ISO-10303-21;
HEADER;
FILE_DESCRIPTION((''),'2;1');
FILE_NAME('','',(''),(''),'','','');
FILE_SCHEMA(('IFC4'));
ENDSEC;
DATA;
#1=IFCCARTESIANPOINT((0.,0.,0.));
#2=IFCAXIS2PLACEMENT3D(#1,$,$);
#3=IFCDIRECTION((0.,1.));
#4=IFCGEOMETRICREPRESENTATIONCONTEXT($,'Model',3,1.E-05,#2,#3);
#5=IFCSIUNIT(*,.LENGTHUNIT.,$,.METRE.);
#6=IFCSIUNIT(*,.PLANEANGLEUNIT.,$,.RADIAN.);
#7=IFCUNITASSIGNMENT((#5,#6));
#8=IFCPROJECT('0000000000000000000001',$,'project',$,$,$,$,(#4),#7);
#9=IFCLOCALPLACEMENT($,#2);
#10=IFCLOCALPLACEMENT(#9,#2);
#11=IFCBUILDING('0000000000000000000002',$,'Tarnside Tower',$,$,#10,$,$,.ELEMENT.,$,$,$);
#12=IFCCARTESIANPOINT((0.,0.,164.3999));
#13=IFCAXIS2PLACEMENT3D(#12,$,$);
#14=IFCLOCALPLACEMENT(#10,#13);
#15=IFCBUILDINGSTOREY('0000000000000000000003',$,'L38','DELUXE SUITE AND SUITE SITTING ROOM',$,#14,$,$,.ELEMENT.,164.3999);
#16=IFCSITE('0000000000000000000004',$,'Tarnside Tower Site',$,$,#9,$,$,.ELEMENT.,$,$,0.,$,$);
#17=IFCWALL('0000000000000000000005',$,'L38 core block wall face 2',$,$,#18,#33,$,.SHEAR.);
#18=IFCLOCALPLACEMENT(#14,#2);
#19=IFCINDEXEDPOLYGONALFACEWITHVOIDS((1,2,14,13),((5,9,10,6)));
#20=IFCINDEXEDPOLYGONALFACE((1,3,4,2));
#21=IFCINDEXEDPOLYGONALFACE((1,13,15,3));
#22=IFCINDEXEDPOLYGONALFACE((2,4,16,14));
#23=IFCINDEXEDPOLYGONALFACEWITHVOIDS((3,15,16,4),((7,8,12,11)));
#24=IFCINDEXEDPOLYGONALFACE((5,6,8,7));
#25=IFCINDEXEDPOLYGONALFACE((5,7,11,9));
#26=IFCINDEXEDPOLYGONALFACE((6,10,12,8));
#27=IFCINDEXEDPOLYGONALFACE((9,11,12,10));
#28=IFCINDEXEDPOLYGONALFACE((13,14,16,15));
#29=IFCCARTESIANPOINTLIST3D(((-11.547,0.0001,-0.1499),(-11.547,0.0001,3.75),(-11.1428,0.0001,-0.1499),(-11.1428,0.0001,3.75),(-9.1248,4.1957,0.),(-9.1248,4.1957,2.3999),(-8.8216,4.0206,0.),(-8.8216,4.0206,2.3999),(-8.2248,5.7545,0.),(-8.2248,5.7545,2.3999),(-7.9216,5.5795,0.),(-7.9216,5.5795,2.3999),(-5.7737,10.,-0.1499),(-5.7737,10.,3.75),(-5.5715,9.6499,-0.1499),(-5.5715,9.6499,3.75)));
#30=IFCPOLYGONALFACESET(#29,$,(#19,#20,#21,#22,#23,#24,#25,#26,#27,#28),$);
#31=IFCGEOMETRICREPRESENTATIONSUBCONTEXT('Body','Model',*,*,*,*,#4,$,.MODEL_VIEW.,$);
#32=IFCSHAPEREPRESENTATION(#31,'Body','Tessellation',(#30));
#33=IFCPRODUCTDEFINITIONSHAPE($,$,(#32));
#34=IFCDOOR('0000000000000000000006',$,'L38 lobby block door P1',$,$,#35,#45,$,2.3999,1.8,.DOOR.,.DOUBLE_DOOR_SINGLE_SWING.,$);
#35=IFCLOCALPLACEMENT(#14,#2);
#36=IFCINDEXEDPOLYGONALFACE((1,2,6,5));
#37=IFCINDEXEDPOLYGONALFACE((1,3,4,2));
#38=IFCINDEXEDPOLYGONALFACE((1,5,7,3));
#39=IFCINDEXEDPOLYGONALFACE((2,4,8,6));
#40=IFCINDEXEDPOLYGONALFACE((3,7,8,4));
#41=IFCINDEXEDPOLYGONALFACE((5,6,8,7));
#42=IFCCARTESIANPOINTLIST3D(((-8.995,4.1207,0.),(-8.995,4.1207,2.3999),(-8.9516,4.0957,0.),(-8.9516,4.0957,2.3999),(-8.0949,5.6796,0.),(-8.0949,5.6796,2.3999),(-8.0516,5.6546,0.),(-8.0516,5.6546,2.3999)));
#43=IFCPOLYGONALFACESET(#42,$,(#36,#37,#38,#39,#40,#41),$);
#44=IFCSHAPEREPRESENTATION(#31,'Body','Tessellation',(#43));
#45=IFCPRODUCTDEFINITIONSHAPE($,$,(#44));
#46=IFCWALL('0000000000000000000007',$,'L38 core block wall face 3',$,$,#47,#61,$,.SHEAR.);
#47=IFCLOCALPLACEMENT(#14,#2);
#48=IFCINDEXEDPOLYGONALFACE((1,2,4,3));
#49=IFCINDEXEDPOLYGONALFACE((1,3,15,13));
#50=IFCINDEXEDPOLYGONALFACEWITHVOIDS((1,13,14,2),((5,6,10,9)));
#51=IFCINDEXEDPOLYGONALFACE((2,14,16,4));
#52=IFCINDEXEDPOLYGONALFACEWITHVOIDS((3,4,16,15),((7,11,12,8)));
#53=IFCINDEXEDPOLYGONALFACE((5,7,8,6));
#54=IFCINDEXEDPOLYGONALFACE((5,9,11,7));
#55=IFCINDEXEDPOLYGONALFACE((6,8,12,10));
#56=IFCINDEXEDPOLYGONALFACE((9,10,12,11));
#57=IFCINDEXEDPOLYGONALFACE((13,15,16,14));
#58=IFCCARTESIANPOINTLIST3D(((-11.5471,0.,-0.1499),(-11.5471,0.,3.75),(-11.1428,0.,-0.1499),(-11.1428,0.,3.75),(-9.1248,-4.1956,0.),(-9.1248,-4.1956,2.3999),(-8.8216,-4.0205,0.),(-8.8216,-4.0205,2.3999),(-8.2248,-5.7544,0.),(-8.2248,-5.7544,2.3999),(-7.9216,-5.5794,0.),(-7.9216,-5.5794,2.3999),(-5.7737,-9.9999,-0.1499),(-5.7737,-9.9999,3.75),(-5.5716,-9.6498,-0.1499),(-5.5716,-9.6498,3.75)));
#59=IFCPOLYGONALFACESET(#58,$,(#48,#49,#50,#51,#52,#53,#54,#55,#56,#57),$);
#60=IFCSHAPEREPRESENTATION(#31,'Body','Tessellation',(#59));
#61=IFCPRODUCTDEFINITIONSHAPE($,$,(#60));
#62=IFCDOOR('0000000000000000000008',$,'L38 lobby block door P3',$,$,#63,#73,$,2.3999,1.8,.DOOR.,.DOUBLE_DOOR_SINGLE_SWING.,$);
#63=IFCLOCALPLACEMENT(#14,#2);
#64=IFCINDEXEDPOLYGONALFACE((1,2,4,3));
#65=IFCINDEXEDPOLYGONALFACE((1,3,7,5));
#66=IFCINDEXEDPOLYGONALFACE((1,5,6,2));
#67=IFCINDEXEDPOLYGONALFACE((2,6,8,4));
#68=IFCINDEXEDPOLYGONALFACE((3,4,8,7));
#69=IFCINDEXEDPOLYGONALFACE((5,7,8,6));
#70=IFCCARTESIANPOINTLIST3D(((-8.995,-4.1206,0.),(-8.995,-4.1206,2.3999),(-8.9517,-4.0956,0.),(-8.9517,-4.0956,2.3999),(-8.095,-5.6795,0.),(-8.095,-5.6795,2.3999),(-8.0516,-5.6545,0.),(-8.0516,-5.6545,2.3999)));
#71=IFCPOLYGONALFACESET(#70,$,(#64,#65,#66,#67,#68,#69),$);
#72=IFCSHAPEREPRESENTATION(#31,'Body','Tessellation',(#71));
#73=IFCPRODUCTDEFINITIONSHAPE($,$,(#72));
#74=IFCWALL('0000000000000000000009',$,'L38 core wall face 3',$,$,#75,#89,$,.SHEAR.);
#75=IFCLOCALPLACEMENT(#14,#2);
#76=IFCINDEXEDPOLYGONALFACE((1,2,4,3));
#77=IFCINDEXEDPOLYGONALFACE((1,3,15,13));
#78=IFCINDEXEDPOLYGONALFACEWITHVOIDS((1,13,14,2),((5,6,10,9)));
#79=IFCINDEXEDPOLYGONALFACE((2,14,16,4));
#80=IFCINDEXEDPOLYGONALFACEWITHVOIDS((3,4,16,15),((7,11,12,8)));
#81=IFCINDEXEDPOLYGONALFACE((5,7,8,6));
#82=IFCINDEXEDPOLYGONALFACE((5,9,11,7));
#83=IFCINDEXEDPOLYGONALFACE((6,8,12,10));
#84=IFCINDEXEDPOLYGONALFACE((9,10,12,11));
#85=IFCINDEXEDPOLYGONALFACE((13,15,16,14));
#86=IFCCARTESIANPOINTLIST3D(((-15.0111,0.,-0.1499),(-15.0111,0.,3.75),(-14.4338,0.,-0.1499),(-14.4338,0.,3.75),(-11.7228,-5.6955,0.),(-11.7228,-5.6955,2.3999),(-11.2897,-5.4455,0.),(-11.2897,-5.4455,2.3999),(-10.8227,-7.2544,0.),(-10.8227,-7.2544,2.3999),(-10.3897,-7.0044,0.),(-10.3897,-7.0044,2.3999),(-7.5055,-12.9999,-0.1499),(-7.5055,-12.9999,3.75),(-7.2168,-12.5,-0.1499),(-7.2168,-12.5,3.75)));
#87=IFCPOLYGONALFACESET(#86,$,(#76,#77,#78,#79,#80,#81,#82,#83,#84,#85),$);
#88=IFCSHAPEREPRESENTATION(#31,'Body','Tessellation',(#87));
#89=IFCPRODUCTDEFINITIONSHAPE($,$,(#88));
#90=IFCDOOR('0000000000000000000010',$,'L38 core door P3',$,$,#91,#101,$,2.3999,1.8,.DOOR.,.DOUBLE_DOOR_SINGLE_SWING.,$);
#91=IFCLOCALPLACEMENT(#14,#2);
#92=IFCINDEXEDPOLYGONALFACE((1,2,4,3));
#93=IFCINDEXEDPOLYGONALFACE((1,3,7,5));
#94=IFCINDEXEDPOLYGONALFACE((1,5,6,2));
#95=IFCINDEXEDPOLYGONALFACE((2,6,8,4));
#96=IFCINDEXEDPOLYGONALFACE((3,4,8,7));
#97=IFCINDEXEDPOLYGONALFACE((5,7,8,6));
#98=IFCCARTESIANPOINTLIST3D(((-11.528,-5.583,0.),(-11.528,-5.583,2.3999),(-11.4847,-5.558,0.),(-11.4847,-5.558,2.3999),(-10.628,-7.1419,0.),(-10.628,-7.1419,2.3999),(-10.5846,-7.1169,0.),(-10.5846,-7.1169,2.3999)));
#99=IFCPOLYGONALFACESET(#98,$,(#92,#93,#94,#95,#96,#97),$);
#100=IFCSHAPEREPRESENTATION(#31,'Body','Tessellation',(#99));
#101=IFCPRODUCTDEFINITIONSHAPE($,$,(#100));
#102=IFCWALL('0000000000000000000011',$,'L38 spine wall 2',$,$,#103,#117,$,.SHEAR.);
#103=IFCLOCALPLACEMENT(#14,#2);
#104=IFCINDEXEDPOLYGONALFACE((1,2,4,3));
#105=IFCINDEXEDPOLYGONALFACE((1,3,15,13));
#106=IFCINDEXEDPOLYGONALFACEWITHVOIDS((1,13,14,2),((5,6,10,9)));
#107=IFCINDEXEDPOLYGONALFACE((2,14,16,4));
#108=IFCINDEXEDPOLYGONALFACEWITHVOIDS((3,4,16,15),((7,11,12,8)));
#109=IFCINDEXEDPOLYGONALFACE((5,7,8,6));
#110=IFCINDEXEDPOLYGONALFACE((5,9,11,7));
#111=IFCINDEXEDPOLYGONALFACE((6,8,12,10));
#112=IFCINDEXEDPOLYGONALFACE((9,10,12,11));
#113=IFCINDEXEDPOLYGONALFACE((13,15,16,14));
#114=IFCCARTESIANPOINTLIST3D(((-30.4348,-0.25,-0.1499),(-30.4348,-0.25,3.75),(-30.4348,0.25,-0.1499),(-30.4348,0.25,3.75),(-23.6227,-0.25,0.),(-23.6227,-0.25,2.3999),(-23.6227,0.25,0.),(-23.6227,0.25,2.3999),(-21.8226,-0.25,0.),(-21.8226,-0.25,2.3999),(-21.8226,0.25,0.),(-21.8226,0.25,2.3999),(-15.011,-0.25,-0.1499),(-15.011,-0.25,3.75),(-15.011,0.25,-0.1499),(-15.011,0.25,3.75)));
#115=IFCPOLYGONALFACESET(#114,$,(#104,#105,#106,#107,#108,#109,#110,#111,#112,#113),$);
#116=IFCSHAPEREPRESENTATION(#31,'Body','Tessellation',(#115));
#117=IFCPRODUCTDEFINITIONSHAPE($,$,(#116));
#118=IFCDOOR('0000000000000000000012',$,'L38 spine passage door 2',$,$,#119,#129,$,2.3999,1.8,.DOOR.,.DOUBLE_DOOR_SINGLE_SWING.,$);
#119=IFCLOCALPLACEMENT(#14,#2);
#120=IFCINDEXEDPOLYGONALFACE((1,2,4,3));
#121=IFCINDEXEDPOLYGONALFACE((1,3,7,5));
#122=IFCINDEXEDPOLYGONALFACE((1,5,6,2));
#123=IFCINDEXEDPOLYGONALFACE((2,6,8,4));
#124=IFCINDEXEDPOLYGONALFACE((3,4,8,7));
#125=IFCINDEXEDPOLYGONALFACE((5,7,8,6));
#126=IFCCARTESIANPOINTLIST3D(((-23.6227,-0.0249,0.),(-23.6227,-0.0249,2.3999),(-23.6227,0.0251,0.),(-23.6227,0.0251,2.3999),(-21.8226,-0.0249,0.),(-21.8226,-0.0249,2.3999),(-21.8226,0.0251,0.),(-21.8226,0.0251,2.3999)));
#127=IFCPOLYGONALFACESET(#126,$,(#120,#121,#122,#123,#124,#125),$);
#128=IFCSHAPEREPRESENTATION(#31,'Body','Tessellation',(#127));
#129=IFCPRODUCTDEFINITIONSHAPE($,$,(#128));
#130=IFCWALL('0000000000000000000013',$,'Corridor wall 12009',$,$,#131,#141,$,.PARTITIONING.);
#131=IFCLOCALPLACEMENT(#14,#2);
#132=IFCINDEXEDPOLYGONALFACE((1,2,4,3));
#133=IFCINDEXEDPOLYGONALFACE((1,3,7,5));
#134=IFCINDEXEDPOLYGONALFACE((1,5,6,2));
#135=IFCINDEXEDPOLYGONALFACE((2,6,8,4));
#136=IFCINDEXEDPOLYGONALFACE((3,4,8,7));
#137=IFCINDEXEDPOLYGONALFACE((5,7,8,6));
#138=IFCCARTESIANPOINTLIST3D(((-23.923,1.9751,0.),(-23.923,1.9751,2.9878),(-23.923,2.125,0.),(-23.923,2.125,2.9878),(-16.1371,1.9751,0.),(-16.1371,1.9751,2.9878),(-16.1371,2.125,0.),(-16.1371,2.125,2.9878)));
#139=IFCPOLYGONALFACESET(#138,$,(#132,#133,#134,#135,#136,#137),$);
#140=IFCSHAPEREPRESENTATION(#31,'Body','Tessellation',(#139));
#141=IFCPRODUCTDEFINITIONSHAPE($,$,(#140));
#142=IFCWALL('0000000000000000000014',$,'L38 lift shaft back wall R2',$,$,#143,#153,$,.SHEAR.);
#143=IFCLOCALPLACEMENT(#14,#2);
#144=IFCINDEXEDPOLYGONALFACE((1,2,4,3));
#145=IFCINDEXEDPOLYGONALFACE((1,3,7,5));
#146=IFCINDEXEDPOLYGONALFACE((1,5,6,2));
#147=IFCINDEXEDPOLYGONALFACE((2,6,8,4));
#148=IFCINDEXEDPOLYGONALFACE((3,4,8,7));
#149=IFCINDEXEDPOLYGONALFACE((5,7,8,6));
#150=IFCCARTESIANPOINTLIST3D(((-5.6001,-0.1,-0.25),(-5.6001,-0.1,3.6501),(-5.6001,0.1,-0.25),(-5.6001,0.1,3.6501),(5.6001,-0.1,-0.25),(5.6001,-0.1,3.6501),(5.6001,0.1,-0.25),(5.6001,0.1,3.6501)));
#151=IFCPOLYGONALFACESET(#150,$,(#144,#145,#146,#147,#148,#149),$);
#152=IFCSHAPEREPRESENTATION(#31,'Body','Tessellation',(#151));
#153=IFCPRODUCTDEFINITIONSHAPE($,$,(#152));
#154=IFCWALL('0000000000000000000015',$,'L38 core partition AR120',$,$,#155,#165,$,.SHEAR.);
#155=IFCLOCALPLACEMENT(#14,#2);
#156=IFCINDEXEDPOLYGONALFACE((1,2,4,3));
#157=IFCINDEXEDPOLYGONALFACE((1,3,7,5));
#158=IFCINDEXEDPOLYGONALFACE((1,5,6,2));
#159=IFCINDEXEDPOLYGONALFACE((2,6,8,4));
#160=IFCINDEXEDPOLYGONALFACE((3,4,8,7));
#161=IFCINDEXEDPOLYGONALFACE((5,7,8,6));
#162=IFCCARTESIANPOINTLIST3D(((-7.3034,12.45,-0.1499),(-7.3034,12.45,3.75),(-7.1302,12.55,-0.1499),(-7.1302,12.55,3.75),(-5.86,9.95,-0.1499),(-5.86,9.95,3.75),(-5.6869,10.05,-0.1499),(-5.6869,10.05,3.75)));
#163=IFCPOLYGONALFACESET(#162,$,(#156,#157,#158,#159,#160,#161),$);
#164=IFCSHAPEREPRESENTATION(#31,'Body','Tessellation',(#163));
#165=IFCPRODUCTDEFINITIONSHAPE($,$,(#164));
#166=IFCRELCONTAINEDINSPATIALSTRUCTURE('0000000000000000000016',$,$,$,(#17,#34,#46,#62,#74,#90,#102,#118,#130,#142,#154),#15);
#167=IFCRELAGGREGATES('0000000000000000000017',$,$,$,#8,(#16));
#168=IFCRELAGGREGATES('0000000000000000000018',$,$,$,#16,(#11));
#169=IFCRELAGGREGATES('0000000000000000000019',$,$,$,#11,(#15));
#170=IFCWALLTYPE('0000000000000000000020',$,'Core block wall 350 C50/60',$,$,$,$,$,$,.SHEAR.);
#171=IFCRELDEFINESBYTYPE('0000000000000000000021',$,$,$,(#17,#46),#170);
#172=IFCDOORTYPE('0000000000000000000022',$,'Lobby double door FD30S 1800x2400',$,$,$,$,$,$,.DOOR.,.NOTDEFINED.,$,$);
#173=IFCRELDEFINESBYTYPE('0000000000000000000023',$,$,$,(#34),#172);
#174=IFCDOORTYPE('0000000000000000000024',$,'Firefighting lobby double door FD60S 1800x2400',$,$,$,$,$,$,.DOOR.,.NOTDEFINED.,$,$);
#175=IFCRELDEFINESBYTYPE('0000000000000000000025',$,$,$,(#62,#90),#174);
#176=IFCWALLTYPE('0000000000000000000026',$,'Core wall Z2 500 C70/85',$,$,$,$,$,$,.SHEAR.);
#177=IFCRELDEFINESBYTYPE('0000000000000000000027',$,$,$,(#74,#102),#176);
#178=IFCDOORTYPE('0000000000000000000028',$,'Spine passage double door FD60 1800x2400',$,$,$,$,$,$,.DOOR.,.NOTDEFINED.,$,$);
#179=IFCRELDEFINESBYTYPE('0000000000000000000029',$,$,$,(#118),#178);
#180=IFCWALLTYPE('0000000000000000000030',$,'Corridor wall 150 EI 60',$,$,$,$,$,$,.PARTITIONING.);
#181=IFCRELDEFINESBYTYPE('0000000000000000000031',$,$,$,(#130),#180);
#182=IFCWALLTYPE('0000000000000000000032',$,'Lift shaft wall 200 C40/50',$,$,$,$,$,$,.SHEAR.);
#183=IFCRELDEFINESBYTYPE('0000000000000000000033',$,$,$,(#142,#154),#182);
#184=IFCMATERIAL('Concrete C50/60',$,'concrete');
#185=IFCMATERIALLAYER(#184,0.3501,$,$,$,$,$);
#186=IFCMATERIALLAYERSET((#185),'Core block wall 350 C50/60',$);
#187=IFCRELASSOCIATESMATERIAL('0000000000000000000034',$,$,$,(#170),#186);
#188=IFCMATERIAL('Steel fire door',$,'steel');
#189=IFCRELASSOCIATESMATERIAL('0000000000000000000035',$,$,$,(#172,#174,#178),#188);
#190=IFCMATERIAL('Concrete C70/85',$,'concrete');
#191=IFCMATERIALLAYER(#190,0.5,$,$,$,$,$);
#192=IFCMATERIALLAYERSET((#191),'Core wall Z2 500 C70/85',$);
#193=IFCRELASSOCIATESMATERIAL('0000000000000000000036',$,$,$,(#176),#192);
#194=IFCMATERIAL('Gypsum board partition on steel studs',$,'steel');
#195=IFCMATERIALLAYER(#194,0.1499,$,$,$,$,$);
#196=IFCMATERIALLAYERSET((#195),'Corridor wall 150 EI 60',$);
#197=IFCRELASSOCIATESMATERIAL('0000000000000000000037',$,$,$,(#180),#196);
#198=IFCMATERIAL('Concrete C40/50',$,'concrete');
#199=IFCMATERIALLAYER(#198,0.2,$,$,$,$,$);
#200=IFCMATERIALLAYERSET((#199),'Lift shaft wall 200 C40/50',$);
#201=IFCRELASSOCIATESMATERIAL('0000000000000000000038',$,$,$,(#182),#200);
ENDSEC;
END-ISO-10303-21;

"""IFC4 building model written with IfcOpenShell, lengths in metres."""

from ifc_helpers import new_model, si_unit, direction, frame, frame_2d, origin, place, context, subcontext, project, spatial, polyline, rectangle, outline, extrude, material, layer, layer_set, type_object, element, fill, save


model = new_model("IFC4")

# Units and contexts
model_context = context("Model", 3, precision=1e-05, world=origin(), true_north=direction((0.0, 1.0)))
body_context = subcontext(model_context, "Body", "Model", "MODEL_VIEW")
ifc_project = project(units=[si_unit("LENGTHUNIT", "METRE"), si_unit("PLANEANGLEUNIT", "RADIAN")], contexts=[model_context])

# Site, building, storey
site_placement = place(None, origin())
site = spatial("IfcSite", under=ifc_project, at=site_placement, Name="Tarnside Tower Site", CompositionType="ELEMENT", RefElevation=0.0)
building_placement = place(site_placement, origin())
building = spatial("IfcBuilding", under=site, at=building_placement, Name="Tarnside Tower", CompositionType="ELEMENT")
storey_placement = place(building_placement, frame((0.0, 0.0, 164.3999)))
storey = spatial("IfcBuildingStorey", under=building, at=storey_placement, Name="L38", Description="DELUXE SUITE AND SUITE SITTING ROOM", CompositionType="ELEMENT", Elevation=164.3999)

# Walls, openings, doors
ifc_material_1 = material(Name="Concrete C50/60", Category="concrete")
ifc_layer_1 = layer(ifc_material_1, 0.3501)
ifc_layer_set_1 = layer_set([ifc_layer_1], Name="Core block wall 350 C50/60")
wall_type_1 = type_object("IfcWallType", Name="Core block wall 350 C50/60", PredefinedType="SHEAR", material=ifc_layer_set_1)
wall_1_placement = place(storey_placement, frame((-5.6726, 9.825, -0.1499), z_axis=(0.0, 0.0, 1.0), x_axis=(-0.499995, -0.866028, 0.0)))
wall_1 = element("IfcWall", 1, at=wall_1_placement, inside=storey, type_object=wall_type_1, Name="L38 core block wall face 2", PredefinedType="SHEAR", context=body_context, shape_type="SweptSolid", body=[
    extrude(outline(polyline([(-0.1011, -0.175), (11.4458, -0.175), (11.2437, 0.175), (0.1011, 0.175), (-0.1011, -0.175)])), origin(), (0.0, 0.0, 1.0), 3.8999),
])
opening_1_placement = place(wall_1_placement, frame((4.8013, 0.0, 0.1499)))
opening_1 = element("IfcOpeningElement", 2, at=opening_1_placement, cuts=wall_1, PredefinedType="OPENING", context=body_context, shape_type="SweptSolid", body=[
    extrude(rectangle(XDim=1.8, YDim=2.3999, at=frame_2d((0.8999, 1.2))), frame((0.0, 0.1851, 0.0), z_axis=(0.0, -1.0, 0.0), x_axis=(1.0, 0.0, 0.0)), (0.0, 0.0, 1.0), 0.3701),
])
ifc_material_2 = material(Name="Steel fire door", Category="steel")
door_type_1 = type_object("IfcDoorType", Name="Lobby double door FD30S 1800x2400", OperationType="NOTDEFINED", PredefinedType="DOOR", material=ifc_material_2)
door_1_placement = place(opening_1_placement, origin())
door_1 = element("IfcDoor", 3, at=door_1_placement, inside=storey, type_object=door_type_1, Name="L38 lobby block door P1", OperationType="DOUBLE_DOOR_SINGLE_SWING", OverallHeight=2.3999, OverallWidth=1.8, PredefinedType="DOOR", context=body_context, shape_type="SweptSolid", body=[
    extrude(rectangle(XDim=1.8, YDim=2.3999, at=frame_2d((0.8999, 1.2))), frame((0.0, 0.0249, 0.0), z_axis=(0.0, -1.0, 0.0), x_axis=(1.0, 0.0, 0.0)), (0.0, 0.0, 1.0), 0.05),
])
fill(opening_1, door_1)
wall_2_placement = place(storey_placement, frame((-11.345, 0.0, -0.1499), z_axis=(0.0, 0.0, 1.0), x_axis=(0.499995, -0.866028, 0.0)))
wall_2 = element("IfcWall", 4, at=wall_2_placement, inside=storey, type_object=wall_type_1, Name="L38 core block wall face 3", PredefinedType="SHEAR", context=body_context, shape_type="SweptSolid", body=[
    extrude(outline(polyline([(-0.1011, -0.175), (11.4458, -0.175), (11.2437, 0.175), (0.1011, 0.175), (-0.1011, -0.175)])), origin(), (0.0, 0.0, 1.0), 3.8999),
])
opening_2_placement = place(wall_2_placement, frame((4.7437, 0.0, 0.1499)))
opening_2 = element("IfcOpeningElement", 5, at=opening_2_placement, cuts=wall_2, PredefinedType="OPENING", context=body_context, shape_type="SweptSolid", body=[
    extrude(rectangle(XDim=1.8, YDim=2.3999, at=frame_2d((0.8999, 1.2))), frame((0.0, 0.1851, 0.0), z_axis=(0.0, -1.0, 0.0), x_axis=(1.0, 0.0, 0.0)), (0.0, 0.0, 1.0), 0.3701),
])
door_type_2 = type_object("IfcDoorType", Name="Firefighting lobby double door FD60S 1800x2400", OperationType="NOTDEFINED", PredefinedType="DOOR", material=ifc_material_2)
door_2_placement = place(opening_2_placement, origin())
door_2 = element("IfcDoor", 6, at=door_2_placement, inside=storey, type_object=door_type_2, Name="L38 lobby block door P3", OperationType="DOUBLE_DOOR_SINGLE_SWING", OverallHeight=2.3999, OverallWidth=1.8, PredefinedType="DOOR", context=body_context, shape_type="SweptSolid", body=[
    extrude(rectangle(XDim=1.8, YDim=2.3999, at=frame_2d((0.8999, 1.2))), frame((0.0, 0.0249, 0.0), z_axis=(0.0, -1.0, 0.0), x_axis=(1.0, 0.0, 0.0)), (0.0, 0.0, 1.0), 0.05),
])
fill(opening_2, door_2)
ifc_material_3 = material(Name="Concrete C70/85", Category="concrete")
ifc_layer_2 = layer(ifc_material_3, 0.5)
ifc_layer_set_2 = layer_set([ifc_layer_2], Name="Core wall Z2 500 C70/85")
wall_type_2 = type_object("IfcWallType", Name="Core wall Z2 500 C70/85", PredefinedType="SHEAR", material=ifc_layer_set_2)
wall_3_placement = place(storey_placement, frame((-14.7224, 0.0, -0.1499), z_axis=(0.0, 0.0, 1.0), x_axis=(0.500006, -0.866022, 0.0)))
wall_3 = element("IfcWall", 7, at=wall_3_placement, inside=storey, type_object=wall_type_2, Name="L38 core wall face 3", PredefinedType="SHEAR", context=body_context, shape_type="SweptSolid", body=[
    extrude(outline(polyline([(-0.1443, -0.25), (14.8667, -0.25), (14.5781, 0.25), (0.1443, 0.25), (-0.1443, -0.25)])), origin(), (0.0, 0.0, 1.0), 3.8999),
])
opening_3_placement = place(wall_3_placement, frame((6.4324, 0.0, 0.1499)))
opening_3 = element("IfcOpeningElement", 8, at=opening_3_placement, cuts=wall_3, PredefinedType="OPENING", context=body_context, shape_type="SweptSolid", body=[
    extrude(rectangle(XDim=1.8, YDim=2.3999, at=frame_2d((0.8999, 1.2))), frame((0.0, 0.26, 0.0), z_axis=(0.0, -1.0, 0.0), x_axis=(1.0, 0.0, 0.0)), (0.0, 0.0, 1.0), 0.52),
])
door_3_placement = place(opening_3_placement, origin())
door_3 = element("IfcDoor", 9, at=door_3_placement, inside=storey, type_object=door_type_2, Name="L38 core door P3", OperationType="DOUBLE_DOOR_SINGLE_SWING", OverallHeight=2.3999, OverallWidth=1.8, PredefinedType="DOOR", context=body_context, shape_type="SweptSolid", body=[
    extrude(rectangle(XDim=1.8, YDim=2.3999, at=frame_2d((0.8999, 1.2))), frame((0.0, 0.0249, 0.0), z_axis=(0.0, -1.0, 0.0), x_axis=(1.0, 0.0, 0.0)), (0.0, 0.0, 1.0), 0.05),
])
fill(opening_3, door_3)
wall_4_placement = place(storey_placement, frame((-15.011, 0.0, -0.1499), z_axis=(0.0, 0.0, 1.0), x_axis=(-1.0, 0.0, 0.0)))
wall_4 = element("IfcWall", 10, at=wall_4_placement, inside=storey, type_object=wall_type_2, Name="L38 spine wall 2", PredefinedType="SHEAR", context=body_context, shape_type="SweptSolid", body=[
    extrude(rectangle(XDim=15.4238, YDim=0.5, at=frame_2d((7.7119, 0.0))), origin(), (0.0, 0.0, 1.0), 3.8999),
])
opening_4_placement = place(wall_4_placement, frame((6.8118, 0.0, 0.1499)))
opening_4 = element("IfcOpeningElement", 11, at=opening_4_placement, cuts=wall_4, PredefinedType="OPENING", context=body_context, shape_type="SweptSolid", body=[
    extrude(rectangle(XDim=1.8, YDim=2.3999, at=frame_2d((0.8999, 1.2))), frame((0.0, 0.26, 0.0), z_axis=(0.0, -1.0, 0.0), x_axis=(1.0, 0.0, 0.0)), (0.0, 0.0, 1.0), 0.52),
])
door_type_3 = type_object("IfcDoorType", Name="Spine passage double door FD60 1800x2400", OperationType="NOTDEFINED", PredefinedType="DOOR", material=ifc_material_2)
door_4_placement = place(opening_4_placement, origin())
door_4 = element("IfcDoor", 12, at=door_4_placement, inside=storey, type_object=door_type_3, Name="L38 spine passage door 2", OperationType="DOUBLE_DOOR_SINGLE_SWING", OverallHeight=2.3999, OverallWidth=1.8, PredefinedType="DOOR", context=body_context, shape_type="SweptSolid", body=[
    extrude(rectangle(XDim=1.8, YDim=2.3999, at=frame_2d((0.8999, 1.2))), frame((0.0, 0.0249, 0.0), z_axis=(0.0, -1.0, 0.0), x_axis=(1.0, 0.0, 0.0)), (0.0, 0.0, 1.0), 0.05),
])
fill(opening_4, door_4)

# Walls
ifc_material_4 = material(Name="Gypsum board partition on steel studs", Category="steel")
ifc_layer_3 = layer(ifc_material_4, 0.1499)
ifc_layer_set_3 = layer_set([ifc_layer_3], Name="Corridor wall 150 EI 60")
wall_type_3 = type_object("IfcWallType", Name="Corridor wall 150 EI 60", PredefinedType="PARTITIONING", material=ifc_layer_set_3)
wall_5_placement = place(storey_placement, frame((-16.137, 2.05, 0.0), z_axis=(0.0, 0.0, 1.0), x_axis=(-1.0, 0.0, 0.0)))
element("IfcWall", 13, at=wall_5_placement, inside=storey, type_object=wall_type_3, Name="Corridor wall 12009", PredefinedType="PARTITIONING", context=body_context, shape_type="SweptSolid", body=[
    extrude(rectangle(XDim=7.7859, YDim=0.1499, at=frame_2d((3.8931, 0.0))), origin(), (0.0, 0.0, 1.0), 2.9878),
])
ifc_material_5 = material(Name="Concrete C40/50", Category="concrete")
ifc_layer_4 = layer(ifc_material_5, 0.2)
ifc_layer_set_4 = layer_set([ifc_layer_4], Name="Lift shaft wall 200 C40/50")
wall_type_4 = type_object("IfcWallType", Name="Lift shaft wall 200 C40/50", PredefinedType="SHEAR", material=ifc_layer_set_4)
wall_6_placement = place(storey_placement, frame((-5.6001, 0.0, -0.25), z_axis=(0.0, 0.0, 1.0), x_axis=(1.0, 0.0, 0.0)))
element("IfcWall", 14, at=wall_6_placement, inside=storey, type_object=wall_type_4, Name="L38 lift shaft back wall R2", PredefinedType="SHEAR", context=body_context, shape_type="SweptSolid", body=[
    extrude(rectangle(XDim=11.2002, YDim=0.2, at=frame_2d((5.6001, 0.0))), origin(), (0.0, 0.0, 1.0), 3.9001),
])
for number, where, z_axis, x_axis, name in (
    (15, (-5.7734, 10.0, -0.1499), (0.0, 0.0, 1.0), (-0.499996, 0.866028, 0.0), "L38 core partition AR120"),
):
    element("IfcWall", number, at=place(storey_placement, frame(where, z_axis=z_axis, x_axis=x_axis)), inside=storey, type_object=wall_type_4, Name=name, PredefinedType="SHEAR", context=body_context, shape_type="SweptSolid", body=[
        extrude(rectangle(XDim=2.8867, YDim=0.2, at=frame_2d((1.4434, 0.0))), origin(), (0.0, 0.0, 1.0), 3.8999),
    ])

save(model, "model.ifc")
